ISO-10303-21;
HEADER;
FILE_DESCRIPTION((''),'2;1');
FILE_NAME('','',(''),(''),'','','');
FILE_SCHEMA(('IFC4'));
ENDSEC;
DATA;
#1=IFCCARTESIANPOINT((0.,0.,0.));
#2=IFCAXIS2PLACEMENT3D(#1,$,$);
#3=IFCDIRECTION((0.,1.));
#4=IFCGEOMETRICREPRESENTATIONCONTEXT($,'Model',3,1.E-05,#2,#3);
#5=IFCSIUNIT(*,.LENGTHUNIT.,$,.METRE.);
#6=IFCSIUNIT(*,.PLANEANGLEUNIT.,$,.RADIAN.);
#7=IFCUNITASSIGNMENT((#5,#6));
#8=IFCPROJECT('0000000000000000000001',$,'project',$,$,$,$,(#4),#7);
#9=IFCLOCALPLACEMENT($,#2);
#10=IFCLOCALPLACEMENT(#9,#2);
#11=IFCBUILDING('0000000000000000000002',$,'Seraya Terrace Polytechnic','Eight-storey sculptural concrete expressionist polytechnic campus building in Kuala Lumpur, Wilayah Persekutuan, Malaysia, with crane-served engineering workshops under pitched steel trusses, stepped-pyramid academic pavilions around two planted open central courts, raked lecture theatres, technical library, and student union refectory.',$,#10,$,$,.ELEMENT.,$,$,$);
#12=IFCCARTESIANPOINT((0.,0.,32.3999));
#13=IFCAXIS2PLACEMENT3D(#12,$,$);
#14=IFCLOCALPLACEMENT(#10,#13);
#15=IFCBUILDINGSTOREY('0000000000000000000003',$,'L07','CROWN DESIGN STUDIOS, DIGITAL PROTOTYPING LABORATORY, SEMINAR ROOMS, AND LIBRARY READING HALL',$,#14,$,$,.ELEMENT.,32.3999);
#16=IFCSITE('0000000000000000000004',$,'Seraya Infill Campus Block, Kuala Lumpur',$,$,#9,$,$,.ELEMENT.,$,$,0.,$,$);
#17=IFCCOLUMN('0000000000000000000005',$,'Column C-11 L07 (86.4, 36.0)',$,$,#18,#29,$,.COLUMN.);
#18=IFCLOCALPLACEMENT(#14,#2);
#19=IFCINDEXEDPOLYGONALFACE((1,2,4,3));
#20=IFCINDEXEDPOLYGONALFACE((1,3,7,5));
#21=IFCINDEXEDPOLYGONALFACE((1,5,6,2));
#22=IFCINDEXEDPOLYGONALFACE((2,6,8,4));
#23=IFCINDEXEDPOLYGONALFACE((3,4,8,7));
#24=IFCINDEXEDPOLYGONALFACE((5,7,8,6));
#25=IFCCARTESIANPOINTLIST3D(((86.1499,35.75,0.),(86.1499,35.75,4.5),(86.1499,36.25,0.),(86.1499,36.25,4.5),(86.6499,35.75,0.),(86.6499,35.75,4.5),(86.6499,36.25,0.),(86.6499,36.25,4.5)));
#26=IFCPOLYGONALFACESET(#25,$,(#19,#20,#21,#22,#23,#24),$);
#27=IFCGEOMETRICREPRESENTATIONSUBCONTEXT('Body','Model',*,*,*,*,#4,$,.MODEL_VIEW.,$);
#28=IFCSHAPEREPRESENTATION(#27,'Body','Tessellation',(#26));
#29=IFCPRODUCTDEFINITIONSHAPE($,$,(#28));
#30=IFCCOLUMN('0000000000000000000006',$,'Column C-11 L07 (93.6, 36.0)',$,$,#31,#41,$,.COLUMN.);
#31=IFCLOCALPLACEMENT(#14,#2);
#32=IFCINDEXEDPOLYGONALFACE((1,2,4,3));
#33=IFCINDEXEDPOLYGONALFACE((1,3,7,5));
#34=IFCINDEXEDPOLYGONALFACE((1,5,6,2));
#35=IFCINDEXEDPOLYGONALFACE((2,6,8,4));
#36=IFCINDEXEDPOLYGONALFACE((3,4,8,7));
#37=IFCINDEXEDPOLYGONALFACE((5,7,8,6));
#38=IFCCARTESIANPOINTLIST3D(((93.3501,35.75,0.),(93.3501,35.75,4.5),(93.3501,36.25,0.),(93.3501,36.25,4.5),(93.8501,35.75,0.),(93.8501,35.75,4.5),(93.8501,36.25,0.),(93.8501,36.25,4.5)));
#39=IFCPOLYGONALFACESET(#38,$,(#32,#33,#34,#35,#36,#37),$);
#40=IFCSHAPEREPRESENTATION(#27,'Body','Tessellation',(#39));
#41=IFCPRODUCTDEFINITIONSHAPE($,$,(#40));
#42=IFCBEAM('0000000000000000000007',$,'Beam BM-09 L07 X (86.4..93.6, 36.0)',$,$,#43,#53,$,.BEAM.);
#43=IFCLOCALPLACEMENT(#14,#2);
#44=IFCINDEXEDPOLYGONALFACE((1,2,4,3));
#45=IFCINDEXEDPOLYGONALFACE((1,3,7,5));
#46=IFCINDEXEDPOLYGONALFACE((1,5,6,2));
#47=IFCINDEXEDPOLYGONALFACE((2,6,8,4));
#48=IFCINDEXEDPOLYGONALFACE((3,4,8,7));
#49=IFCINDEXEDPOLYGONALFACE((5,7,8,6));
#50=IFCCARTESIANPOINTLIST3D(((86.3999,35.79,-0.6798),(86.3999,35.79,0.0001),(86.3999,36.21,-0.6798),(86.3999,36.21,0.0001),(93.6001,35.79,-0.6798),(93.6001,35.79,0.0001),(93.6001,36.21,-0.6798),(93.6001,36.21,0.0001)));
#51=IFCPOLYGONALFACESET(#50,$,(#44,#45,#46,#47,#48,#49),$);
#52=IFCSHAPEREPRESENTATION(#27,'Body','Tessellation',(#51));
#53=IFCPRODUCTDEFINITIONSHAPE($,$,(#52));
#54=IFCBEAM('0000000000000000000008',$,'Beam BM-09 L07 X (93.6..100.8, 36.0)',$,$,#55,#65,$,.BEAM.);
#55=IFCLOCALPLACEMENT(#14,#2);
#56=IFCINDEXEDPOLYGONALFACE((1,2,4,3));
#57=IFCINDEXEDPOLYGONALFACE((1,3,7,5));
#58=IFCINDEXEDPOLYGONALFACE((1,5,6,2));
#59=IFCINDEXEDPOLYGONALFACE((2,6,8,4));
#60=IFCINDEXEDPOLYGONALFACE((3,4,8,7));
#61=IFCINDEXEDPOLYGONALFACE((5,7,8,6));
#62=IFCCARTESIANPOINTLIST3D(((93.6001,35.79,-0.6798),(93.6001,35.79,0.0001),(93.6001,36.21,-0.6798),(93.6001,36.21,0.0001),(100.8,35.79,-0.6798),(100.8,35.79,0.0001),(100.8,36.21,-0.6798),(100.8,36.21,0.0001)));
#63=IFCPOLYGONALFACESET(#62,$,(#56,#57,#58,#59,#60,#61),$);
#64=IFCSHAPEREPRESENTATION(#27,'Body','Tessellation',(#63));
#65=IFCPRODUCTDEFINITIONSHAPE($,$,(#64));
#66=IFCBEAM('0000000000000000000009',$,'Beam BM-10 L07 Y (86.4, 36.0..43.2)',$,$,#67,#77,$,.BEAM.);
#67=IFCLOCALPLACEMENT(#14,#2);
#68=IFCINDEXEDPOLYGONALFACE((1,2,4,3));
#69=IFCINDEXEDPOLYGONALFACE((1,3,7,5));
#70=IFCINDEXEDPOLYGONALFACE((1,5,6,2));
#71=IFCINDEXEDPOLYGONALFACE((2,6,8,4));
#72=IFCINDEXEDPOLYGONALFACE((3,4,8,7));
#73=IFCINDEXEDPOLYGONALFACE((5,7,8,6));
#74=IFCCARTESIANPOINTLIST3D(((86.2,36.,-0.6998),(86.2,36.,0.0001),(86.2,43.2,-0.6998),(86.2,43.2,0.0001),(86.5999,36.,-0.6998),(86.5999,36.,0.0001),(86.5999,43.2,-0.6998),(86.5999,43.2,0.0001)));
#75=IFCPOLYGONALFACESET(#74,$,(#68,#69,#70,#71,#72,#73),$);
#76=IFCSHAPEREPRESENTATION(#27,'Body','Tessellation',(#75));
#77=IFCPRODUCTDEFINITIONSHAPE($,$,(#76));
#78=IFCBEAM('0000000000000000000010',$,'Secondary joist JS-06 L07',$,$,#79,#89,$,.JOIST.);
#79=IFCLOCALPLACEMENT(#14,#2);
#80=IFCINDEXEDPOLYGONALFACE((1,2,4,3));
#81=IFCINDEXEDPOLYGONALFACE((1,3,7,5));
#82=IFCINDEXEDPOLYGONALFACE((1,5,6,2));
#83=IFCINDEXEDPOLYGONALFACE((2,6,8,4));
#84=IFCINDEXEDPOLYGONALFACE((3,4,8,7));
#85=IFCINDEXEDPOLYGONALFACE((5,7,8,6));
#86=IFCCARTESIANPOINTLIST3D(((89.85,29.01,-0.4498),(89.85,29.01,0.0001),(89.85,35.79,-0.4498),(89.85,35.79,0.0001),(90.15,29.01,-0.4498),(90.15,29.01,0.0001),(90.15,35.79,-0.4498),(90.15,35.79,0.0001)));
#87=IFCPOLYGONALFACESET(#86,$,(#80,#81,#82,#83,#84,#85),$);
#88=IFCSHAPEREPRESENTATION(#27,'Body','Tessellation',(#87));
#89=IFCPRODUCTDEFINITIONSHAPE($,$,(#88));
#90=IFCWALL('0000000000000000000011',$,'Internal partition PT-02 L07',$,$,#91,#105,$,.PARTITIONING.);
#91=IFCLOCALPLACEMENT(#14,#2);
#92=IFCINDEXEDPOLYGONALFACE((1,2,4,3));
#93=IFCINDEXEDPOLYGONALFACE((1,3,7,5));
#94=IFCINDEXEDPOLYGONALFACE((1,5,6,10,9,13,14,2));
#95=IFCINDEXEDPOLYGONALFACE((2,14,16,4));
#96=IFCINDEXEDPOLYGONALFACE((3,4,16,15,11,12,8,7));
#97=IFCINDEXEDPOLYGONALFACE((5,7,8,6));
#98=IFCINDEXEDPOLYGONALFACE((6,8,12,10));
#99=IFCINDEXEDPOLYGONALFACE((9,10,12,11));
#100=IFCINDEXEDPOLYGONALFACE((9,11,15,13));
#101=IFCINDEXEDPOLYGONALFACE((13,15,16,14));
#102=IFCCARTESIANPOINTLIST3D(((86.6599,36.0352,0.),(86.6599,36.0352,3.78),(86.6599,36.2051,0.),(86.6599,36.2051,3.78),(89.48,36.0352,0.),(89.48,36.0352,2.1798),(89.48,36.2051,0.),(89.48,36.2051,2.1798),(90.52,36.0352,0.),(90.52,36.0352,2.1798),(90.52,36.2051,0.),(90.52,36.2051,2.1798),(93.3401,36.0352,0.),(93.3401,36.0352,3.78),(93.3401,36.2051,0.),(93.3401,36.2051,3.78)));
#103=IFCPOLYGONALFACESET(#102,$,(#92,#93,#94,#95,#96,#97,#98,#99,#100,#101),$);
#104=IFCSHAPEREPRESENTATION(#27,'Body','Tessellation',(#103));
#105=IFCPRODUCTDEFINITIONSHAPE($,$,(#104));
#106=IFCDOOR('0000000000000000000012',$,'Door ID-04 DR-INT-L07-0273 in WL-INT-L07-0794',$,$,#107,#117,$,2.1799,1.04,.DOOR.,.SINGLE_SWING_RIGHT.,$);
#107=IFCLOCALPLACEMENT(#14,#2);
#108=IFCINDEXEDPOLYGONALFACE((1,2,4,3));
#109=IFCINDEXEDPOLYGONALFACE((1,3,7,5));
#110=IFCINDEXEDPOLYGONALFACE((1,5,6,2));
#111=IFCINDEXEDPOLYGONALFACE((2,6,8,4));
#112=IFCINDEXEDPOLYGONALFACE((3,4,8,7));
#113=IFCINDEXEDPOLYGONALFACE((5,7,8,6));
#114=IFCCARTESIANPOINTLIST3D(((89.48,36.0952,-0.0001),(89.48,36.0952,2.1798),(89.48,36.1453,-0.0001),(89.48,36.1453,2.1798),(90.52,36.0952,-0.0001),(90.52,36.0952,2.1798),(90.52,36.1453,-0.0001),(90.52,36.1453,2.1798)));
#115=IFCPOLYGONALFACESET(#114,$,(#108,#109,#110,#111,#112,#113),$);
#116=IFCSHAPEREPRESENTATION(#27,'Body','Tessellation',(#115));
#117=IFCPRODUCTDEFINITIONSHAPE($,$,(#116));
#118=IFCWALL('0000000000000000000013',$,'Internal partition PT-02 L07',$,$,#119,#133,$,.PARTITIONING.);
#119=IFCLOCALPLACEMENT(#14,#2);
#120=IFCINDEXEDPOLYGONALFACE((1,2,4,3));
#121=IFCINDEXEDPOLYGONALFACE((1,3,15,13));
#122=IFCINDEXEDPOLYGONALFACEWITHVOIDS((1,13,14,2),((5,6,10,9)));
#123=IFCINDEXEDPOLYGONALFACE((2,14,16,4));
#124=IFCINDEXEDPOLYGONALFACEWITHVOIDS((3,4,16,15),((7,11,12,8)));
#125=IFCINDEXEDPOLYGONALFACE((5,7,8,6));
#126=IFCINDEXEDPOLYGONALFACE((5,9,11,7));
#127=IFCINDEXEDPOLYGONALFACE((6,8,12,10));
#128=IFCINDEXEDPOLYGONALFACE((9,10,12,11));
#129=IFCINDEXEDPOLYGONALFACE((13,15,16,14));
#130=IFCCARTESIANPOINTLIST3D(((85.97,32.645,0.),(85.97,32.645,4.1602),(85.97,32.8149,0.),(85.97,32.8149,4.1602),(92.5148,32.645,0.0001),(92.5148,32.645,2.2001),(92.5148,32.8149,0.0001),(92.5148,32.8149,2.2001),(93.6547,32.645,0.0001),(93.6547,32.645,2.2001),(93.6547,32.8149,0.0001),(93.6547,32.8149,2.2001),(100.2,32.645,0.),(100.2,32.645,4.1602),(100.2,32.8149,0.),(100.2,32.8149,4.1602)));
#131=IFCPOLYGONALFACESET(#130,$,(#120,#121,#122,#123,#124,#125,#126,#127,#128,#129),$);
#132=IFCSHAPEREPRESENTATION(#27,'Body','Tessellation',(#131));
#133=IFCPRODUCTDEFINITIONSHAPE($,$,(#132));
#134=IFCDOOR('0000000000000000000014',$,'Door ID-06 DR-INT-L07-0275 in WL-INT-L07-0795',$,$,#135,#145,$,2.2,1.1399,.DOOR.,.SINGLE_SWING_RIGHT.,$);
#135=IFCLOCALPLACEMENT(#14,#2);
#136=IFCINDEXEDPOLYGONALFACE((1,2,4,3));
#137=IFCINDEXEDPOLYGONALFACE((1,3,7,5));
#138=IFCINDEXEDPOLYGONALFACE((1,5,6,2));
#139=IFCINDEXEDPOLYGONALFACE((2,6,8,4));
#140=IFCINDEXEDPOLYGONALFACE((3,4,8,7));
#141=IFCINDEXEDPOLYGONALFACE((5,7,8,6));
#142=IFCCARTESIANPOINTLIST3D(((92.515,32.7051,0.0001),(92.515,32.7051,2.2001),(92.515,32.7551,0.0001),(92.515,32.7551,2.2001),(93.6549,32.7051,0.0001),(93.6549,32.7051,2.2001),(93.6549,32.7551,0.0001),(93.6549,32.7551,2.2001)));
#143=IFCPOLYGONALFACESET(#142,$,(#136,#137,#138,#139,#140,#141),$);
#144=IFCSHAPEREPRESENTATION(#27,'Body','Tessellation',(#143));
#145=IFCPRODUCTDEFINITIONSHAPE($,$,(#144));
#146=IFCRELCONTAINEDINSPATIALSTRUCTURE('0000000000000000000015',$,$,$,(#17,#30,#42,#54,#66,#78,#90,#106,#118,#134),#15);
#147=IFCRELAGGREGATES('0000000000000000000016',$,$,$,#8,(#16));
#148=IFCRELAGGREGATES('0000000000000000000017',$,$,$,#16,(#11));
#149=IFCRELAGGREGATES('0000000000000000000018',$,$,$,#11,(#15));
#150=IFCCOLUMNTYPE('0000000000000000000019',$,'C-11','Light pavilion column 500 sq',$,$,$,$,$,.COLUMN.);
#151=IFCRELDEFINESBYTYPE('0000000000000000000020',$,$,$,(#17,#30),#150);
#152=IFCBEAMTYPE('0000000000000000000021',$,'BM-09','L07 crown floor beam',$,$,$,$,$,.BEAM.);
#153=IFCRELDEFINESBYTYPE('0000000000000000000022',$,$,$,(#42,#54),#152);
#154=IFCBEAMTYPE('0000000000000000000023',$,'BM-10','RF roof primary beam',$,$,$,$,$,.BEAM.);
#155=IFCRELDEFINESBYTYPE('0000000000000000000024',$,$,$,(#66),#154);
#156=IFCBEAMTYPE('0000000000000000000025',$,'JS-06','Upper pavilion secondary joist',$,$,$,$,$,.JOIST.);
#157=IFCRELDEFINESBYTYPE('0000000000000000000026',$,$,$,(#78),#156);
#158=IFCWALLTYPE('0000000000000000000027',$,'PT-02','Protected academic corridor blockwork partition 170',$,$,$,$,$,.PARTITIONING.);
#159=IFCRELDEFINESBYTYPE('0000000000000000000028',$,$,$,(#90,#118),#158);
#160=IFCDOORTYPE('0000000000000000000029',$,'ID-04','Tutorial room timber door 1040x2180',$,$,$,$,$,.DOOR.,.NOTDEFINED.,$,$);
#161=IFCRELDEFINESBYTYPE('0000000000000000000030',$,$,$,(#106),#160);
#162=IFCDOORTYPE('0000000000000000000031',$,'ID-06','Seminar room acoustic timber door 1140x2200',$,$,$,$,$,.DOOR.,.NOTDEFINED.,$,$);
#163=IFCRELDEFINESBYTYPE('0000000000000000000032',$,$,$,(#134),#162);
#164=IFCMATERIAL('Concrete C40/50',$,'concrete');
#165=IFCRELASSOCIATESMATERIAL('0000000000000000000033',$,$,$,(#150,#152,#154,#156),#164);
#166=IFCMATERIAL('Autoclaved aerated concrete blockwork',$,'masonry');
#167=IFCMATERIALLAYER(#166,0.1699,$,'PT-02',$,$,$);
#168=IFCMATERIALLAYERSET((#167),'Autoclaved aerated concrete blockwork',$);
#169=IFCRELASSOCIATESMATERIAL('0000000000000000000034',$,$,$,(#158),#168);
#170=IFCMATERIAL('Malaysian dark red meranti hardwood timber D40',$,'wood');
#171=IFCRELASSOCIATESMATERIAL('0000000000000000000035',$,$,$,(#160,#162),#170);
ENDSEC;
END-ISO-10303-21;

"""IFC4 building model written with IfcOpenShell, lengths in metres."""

from ifc_helpers import new_model, si_unit, direction, frame, frame_2d, origin, origin_2d, place, context, subcontext, project, spatial, rectangle, extrude, material, layer, layer_set, material_profile, profile_set, type_object, element, fill, save


model = new_model("IFC4")

# Units and contexts
model_context = context("Model", 3, precision=1e-05, world=origin(), true_north=direction((0.0, 1.0)))
body_context = subcontext(model_context, "Body", "Model", "MODEL_VIEW")
ifc_project = project(units=[si_unit("LENGTHUNIT", "METRE"), si_unit("PLANEANGLEUNIT", "RADIAN")], contexts=[model_context])

# Site, building, storey
site_placement = place(None, origin())
site = spatial("IfcSite", under=ifc_project, at=site_placement, Name="Seraya Infill Campus Block, Kuala Lumpur", CompositionType="ELEMENT", RefElevation=0.0)
building_placement = place(site_placement, origin())
building = spatial("IfcBuilding", under=site, at=building_placement, Name="Seraya Terrace Polytechnic", Description="Eight-storey sculptural concrete expressionist polytechnic campus building in Kuala Lumpur, Wilayah Persekutuan, Malaysia, with crane-served engineering workshops under pitched steel trusses, stepped-pyramid academic pavilions around two planted open central courts, raked lecture theatres, technical library, and student union refectory.", CompositionType="ELEMENT")
storey_placement = place(building_placement, frame((0.0, 0.0, 32.3999)))
storey = spatial("IfcBuildingStorey", under=building, at=storey_placement, Name="L07", Description="CROWN DESIGN STUDIOS, DIGITAL PROTOTYPING LABORATORY, SEMINAR ROOMS, AND LIBRARY READING HALL", CompositionType="ELEMENT", Elevation=32.3999)

# Columns
ifc_material_1 = material(Name="Concrete C40/50", Category="concrete")
ifc_material_profile_1 = material_profile(ifc_material_1, rectangle(XDim=0.5, YDim=0.5, at=origin_2d()), Name="RC 500x500")
ifc_profile_set_1 = profile_set([ifc_material_profile_1], Name="Concrete C40/50")
column_type = type_object("IfcColumnType", Name="C-11", Description="Light pavilion column 500 sq", PredefinedType="COLUMN", material=ifc_profile_set_1)
for number, where, z_axis, x_axis, name in (
    (1, (86.3999, 36.0, 0.0), (0.0, 0.0, 1.0), (1.0, 0.0, 0.0), "Column C-11 L07 (86.4, 36.0)"),
    (2, (93.6001, 36.0, 0.0), (0.0, 0.0, 1.0), (1.0, 0.0, 0.0), "Column C-11 L07 (93.6, 36.0)"),
):
    element("IfcColumn", number, at=place(storey_placement, frame(where, z_axis=z_axis, x_axis=x_axis)), inside=storey, type_object=column_type, Name=name, PredefinedType="COLUMN", context=body_context, shape_type="SweptSolid", body=[
        extrude(rectangle(XDim=0.5, YDim=0.5, at=origin_2d()), origin(), (0.0, 0.0, 1.0), 4.5),
    ])

# Beams
ifc_material_profile_2 = material_profile(ifc_material_1, rectangle(XDim=0.4199, YDim=0.6799, at=origin_2d()), Name="RC 420x680")
ifc_profile_set_2 = profile_set([ifc_material_profile_2], Name="Concrete C40/50")
beam_type_1 = type_object("IfcBeamType", Name="BM-09", Description="L07 crown floor beam", PredefinedType="BEAM", material=ifc_profile_set_2)
beam_1_placement = place(storey_placement, frame((86.3999, 36.0, -0.3398), z_axis=(1.0, 0.0, 0.0), x_axis=(0.0, 1.0, 0.0)))
element("IfcBeam", 3, at=beam_1_placement, inside=storey, type_object=beam_type_1, Name="Beam BM-09 L07 X (86.4..93.6, 36.0)", PredefinedType="BEAM", context=body_context, shape_type="SweptSolid", body=[
    extrude(rectangle(XDim=0.4199, YDim=0.6799, at=origin_2d()), origin(), (0.0, 0.0, 1.0), 7.2002),
])
beam_2_placement = place(storey_placement, frame((93.6001, 36.0, -0.3398), z_axis=(1.0, 0.0, 0.0), x_axis=(0.0, 1.0, 0.0)))
element("IfcBeam", 4, at=beam_2_placement, inside=storey, type_object=beam_type_1, Name="Beam BM-09 L07 X (93.6..100.8, 36.0)", PredefinedType="BEAM", context=body_context, shape_type="SweptSolid", body=[
    extrude(rectangle(XDim=0.4199, YDim=0.6799, at=origin_2d()), origin(), (0.0, 0.0, 1.0), 7.2),
])
ifc_material_profile_3 = material_profile(ifc_material_1, rectangle(XDim=0.3999, YDim=0.7, at=origin_2d()), Name="RC 400x700")
ifc_profile_set_3 = profile_set([ifc_material_profile_3], Name="Concrete C40/50")
beam_type_2 = type_object("IfcBeamType", Name="BM-10", Description="RF roof primary beam", PredefinedType="BEAM", material=ifc_profile_set_3)
beam_3_placement = place(storey_placement, frame((86.3999, 36.0, -0.3499), z_axis=(0.0, 1.0, 0.0), x_axis=(-1.0, 0.0, 0.0)))
element("IfcBeam", 5, at=beam_3_placement, inside=storey, type_object=beam_type_2, Name="Beam BM-10 L07 Y (86.4, 36.0..43.2)", PredefinedType="BEAM", context=body_context, shape_type="SweptSolid", body=[
    extrude(rectangle(XDim=0.3999, YDim=0.7, at=origin_2d()), origin(), (0.0, 0.0, 1.0), 7.2),
])
ifc_material_profile_4 = material_profile(ifc_material_1, rectangle(XDim=0.3, YDim=0.45, at=origin_2d()), Name="RC 300x450")
ifc_profile_set_4 = profile_set([ifc_material_profile_4], Name="Concrete C40/50")
beam_type_3 = type_object("IfcBeamType", Name="JS-06", Description="Upper pavilion secondary joist", PredefinedType="JOIST", material=ifc_profile_set_4)
beam_4_placement = place(storey_placement, frame((90.0, 29.01, -0.2249), z_axis=(0.0, 1.0, 0.0), x_axis=(-1.0, 0.0, 0.0)))
element("IfcBeam", 6, at=beam_4_placement, inside=storey, type_object=beam_type_3, Name="Secondary joist JS-06 L07", PredefinedType="JOIST", context=body_context, shape_type="SweptSolid", body=[
    extrude(rectangle(XDim=0.3, YDim=0.45, at=origin_2d()), origin(), (0.0, 0.0, 1.0), 6.78),
])

# Walls, openings, doors
ifc_material_2 = material(Name="Autoclaved aerated concrete blockwork", Category="masonry")
ifc_layer_1 = layer(ifc_material_2, 0.1699, Name="PT-02")
ifc_layer_set_1 = layer_set([ifc_layer_1], Name="Autoclaved aerated concrete blockwork")
wall_type_1 = type_object("IfcWallType", Name="PT-02", Description="Protected academic corridor blockwork partition 170", PredefinedType="PARTITIONING", material=ifc_layer_set_1)
wall_1_placement = place(storey_placement, frame((86.6599, 36.1201, 0.0), z_axis=(0.0, 0.0, 1.0), x_axis=(1.0, 0.0, 0.0)))
wall_1 = element("IfcWall", 7, at=wall_1_placement, inside=storey, type_object=wall_type_1, Name="Internal partition PT-02 L07", PredefinedType="PARTITIONING", context=body_context, shape_type="SweptSolid", body=[
    extrude(rectangle(XDim=6.6802, YDim=0.1699, at=frame_2d((3.3401, 0.0))), origin(), (0.0, 0.0, 1.0), 3.78),
])
opening_1_placement = place(wall_1_placement, frame((2.8201, 0.0, 0.0)))
opening_1 = element("IfcOpeningElement", 8, at=opening_1_placement, cuts=wall_1, PredefinedType="OPENING", context=body_context, shape_type="SweptSolid", body=[
    extrude(rectangle(XDim=1.04, YDim=2.1799, at=frame_2d((0.52, 1.0898))), frame((0.0, 0.0969, 0.0), z_axis=(0.0, -1.0, 0.0), x_axis=(1.0, 0.0, 0.0)), (0.0, 0.0, 1.0), 0.1938),
])
ifc_material_3 = material(Name="Malaysian dark red meranti hardwood timber D40", Category="wood")
door_type_1 = type_object("IfcDoorType", Name="ID-04", Description="Tutorial room timber door 1040x2180", OperationType="NOTDEFINED", PredefinedType="DOOR", material=ifc_material_3)
door_1_placement = place(opening_1_placement, frame((1.04, 0.0, 0.0), z_axis=(0.0, 0.0, 1.0), x_axis=(-1.0, 0.0, 0.0)))
door_1 = element("IfcDoor", 9, at=door_1_placement, inside=storey, type_object=door_type_1, Name="Door ID-04 DR-INT-L07-0273 in WL-INT-L07-0794", OperationType="SINGLE_SWING_RIGHT", OverallHeight=2.1799, OverallWidth=1.04, PredefinedType="DOOR", context=body_context, shape_type="SweptSolid", body=[
    extrude(rectangle(XDim=1.04, YDim=2.1799, at=frame_2d((0.52, 1.0898))), frame((0.0, 0.0249, 0.0), z_axis=(0.0, -1.0, 0.0), x_axis=(1.0, 0.0, 0.0)), (0.0, 0.0, 1.0), 0.05),
])
fill(opening_1, door_1)
wall_2_placement = place(storey_placement, frame((85.97, 32.73, 0.0), z_axis=(0.0, 0.0, 1.0), x_axis=(1.0, 0.0, 0.0)))
wall_2 = element("IfcWall", 10, at=wall_2_placement, inside=storey, type_object=wall_type_1, Name="Internal partition PT-02 L07", PredefinedType="PARTITIONING", context=body_context, shape_type="SweptSolid", body=[
    extrude(rectangle(XDim=14.23, YDim=0.1699, at=frame_2d((7.115, 0.0))), origin(), (0.0, 0.0, 1.0), 4.1602),
])
opening_2_placement = place(wall_2_placement, frame((6.5449, 0.0, 0.0)))
opening_2 = element("IfcOpeningElement", 11, at=opening_2_placement, cuts=wall_2, PredefinedType="OPENING", context=body_context, shape_type="SweptSolid", body=[
    extrude(rectangle(XDim=1.1399, YDim=2.2, at=frame_2d((0.5698, 1.1001))), frame((0.0, 0.0969, 0.0), z_axis=(0.0, -1.0, 0.0), x_axis=(1.0, 0.0, 0.0)), (0.0, 0.0, 1.0), 0.1938),
])
door_type_2 = type_object("IfcDoorType", Name="ID-06", Description="Seminar room acoustic timber door 1140x2200", OperationType="NOTDEFINED", PredefinedType="DOOR", material=ifc_material_3)
door_2_placement = place(opening_2_placement, frame((1.1399, 0.0, 0.0), z_axis=(0.0, 0.0, 1.0), x_axis=(-1.0, 0.0, 0.0)))
door_2 = element("IfcDoor", 12, at=door_2_placement, inside=storey, type_object=door_type_2, Name="Door ID-06 DR-INT-L07-0275 in WL-INT-L07-0795", OperationType="SINGLE_SWING_RIGHT", OverallHeight=2.2, OverallWidth=1.1399, PredefinedType="DOOR", context=body_context, shape_type="SweptSolid", body=[
    extrude(rectangle(XDim=1.1399, YDim=2.2, at=frame_2d((0.5698, 1.1001))), frame((0.0, 0.0249, 0.0), z_axis=(0.0, -1.0, 0.0), x_axis=(1.0, 0.0, 0.0)), (0.0, 0.0, 1.0), 0.05),
])
fill(opening_2, door_2)

save(model, "model.ifc")
